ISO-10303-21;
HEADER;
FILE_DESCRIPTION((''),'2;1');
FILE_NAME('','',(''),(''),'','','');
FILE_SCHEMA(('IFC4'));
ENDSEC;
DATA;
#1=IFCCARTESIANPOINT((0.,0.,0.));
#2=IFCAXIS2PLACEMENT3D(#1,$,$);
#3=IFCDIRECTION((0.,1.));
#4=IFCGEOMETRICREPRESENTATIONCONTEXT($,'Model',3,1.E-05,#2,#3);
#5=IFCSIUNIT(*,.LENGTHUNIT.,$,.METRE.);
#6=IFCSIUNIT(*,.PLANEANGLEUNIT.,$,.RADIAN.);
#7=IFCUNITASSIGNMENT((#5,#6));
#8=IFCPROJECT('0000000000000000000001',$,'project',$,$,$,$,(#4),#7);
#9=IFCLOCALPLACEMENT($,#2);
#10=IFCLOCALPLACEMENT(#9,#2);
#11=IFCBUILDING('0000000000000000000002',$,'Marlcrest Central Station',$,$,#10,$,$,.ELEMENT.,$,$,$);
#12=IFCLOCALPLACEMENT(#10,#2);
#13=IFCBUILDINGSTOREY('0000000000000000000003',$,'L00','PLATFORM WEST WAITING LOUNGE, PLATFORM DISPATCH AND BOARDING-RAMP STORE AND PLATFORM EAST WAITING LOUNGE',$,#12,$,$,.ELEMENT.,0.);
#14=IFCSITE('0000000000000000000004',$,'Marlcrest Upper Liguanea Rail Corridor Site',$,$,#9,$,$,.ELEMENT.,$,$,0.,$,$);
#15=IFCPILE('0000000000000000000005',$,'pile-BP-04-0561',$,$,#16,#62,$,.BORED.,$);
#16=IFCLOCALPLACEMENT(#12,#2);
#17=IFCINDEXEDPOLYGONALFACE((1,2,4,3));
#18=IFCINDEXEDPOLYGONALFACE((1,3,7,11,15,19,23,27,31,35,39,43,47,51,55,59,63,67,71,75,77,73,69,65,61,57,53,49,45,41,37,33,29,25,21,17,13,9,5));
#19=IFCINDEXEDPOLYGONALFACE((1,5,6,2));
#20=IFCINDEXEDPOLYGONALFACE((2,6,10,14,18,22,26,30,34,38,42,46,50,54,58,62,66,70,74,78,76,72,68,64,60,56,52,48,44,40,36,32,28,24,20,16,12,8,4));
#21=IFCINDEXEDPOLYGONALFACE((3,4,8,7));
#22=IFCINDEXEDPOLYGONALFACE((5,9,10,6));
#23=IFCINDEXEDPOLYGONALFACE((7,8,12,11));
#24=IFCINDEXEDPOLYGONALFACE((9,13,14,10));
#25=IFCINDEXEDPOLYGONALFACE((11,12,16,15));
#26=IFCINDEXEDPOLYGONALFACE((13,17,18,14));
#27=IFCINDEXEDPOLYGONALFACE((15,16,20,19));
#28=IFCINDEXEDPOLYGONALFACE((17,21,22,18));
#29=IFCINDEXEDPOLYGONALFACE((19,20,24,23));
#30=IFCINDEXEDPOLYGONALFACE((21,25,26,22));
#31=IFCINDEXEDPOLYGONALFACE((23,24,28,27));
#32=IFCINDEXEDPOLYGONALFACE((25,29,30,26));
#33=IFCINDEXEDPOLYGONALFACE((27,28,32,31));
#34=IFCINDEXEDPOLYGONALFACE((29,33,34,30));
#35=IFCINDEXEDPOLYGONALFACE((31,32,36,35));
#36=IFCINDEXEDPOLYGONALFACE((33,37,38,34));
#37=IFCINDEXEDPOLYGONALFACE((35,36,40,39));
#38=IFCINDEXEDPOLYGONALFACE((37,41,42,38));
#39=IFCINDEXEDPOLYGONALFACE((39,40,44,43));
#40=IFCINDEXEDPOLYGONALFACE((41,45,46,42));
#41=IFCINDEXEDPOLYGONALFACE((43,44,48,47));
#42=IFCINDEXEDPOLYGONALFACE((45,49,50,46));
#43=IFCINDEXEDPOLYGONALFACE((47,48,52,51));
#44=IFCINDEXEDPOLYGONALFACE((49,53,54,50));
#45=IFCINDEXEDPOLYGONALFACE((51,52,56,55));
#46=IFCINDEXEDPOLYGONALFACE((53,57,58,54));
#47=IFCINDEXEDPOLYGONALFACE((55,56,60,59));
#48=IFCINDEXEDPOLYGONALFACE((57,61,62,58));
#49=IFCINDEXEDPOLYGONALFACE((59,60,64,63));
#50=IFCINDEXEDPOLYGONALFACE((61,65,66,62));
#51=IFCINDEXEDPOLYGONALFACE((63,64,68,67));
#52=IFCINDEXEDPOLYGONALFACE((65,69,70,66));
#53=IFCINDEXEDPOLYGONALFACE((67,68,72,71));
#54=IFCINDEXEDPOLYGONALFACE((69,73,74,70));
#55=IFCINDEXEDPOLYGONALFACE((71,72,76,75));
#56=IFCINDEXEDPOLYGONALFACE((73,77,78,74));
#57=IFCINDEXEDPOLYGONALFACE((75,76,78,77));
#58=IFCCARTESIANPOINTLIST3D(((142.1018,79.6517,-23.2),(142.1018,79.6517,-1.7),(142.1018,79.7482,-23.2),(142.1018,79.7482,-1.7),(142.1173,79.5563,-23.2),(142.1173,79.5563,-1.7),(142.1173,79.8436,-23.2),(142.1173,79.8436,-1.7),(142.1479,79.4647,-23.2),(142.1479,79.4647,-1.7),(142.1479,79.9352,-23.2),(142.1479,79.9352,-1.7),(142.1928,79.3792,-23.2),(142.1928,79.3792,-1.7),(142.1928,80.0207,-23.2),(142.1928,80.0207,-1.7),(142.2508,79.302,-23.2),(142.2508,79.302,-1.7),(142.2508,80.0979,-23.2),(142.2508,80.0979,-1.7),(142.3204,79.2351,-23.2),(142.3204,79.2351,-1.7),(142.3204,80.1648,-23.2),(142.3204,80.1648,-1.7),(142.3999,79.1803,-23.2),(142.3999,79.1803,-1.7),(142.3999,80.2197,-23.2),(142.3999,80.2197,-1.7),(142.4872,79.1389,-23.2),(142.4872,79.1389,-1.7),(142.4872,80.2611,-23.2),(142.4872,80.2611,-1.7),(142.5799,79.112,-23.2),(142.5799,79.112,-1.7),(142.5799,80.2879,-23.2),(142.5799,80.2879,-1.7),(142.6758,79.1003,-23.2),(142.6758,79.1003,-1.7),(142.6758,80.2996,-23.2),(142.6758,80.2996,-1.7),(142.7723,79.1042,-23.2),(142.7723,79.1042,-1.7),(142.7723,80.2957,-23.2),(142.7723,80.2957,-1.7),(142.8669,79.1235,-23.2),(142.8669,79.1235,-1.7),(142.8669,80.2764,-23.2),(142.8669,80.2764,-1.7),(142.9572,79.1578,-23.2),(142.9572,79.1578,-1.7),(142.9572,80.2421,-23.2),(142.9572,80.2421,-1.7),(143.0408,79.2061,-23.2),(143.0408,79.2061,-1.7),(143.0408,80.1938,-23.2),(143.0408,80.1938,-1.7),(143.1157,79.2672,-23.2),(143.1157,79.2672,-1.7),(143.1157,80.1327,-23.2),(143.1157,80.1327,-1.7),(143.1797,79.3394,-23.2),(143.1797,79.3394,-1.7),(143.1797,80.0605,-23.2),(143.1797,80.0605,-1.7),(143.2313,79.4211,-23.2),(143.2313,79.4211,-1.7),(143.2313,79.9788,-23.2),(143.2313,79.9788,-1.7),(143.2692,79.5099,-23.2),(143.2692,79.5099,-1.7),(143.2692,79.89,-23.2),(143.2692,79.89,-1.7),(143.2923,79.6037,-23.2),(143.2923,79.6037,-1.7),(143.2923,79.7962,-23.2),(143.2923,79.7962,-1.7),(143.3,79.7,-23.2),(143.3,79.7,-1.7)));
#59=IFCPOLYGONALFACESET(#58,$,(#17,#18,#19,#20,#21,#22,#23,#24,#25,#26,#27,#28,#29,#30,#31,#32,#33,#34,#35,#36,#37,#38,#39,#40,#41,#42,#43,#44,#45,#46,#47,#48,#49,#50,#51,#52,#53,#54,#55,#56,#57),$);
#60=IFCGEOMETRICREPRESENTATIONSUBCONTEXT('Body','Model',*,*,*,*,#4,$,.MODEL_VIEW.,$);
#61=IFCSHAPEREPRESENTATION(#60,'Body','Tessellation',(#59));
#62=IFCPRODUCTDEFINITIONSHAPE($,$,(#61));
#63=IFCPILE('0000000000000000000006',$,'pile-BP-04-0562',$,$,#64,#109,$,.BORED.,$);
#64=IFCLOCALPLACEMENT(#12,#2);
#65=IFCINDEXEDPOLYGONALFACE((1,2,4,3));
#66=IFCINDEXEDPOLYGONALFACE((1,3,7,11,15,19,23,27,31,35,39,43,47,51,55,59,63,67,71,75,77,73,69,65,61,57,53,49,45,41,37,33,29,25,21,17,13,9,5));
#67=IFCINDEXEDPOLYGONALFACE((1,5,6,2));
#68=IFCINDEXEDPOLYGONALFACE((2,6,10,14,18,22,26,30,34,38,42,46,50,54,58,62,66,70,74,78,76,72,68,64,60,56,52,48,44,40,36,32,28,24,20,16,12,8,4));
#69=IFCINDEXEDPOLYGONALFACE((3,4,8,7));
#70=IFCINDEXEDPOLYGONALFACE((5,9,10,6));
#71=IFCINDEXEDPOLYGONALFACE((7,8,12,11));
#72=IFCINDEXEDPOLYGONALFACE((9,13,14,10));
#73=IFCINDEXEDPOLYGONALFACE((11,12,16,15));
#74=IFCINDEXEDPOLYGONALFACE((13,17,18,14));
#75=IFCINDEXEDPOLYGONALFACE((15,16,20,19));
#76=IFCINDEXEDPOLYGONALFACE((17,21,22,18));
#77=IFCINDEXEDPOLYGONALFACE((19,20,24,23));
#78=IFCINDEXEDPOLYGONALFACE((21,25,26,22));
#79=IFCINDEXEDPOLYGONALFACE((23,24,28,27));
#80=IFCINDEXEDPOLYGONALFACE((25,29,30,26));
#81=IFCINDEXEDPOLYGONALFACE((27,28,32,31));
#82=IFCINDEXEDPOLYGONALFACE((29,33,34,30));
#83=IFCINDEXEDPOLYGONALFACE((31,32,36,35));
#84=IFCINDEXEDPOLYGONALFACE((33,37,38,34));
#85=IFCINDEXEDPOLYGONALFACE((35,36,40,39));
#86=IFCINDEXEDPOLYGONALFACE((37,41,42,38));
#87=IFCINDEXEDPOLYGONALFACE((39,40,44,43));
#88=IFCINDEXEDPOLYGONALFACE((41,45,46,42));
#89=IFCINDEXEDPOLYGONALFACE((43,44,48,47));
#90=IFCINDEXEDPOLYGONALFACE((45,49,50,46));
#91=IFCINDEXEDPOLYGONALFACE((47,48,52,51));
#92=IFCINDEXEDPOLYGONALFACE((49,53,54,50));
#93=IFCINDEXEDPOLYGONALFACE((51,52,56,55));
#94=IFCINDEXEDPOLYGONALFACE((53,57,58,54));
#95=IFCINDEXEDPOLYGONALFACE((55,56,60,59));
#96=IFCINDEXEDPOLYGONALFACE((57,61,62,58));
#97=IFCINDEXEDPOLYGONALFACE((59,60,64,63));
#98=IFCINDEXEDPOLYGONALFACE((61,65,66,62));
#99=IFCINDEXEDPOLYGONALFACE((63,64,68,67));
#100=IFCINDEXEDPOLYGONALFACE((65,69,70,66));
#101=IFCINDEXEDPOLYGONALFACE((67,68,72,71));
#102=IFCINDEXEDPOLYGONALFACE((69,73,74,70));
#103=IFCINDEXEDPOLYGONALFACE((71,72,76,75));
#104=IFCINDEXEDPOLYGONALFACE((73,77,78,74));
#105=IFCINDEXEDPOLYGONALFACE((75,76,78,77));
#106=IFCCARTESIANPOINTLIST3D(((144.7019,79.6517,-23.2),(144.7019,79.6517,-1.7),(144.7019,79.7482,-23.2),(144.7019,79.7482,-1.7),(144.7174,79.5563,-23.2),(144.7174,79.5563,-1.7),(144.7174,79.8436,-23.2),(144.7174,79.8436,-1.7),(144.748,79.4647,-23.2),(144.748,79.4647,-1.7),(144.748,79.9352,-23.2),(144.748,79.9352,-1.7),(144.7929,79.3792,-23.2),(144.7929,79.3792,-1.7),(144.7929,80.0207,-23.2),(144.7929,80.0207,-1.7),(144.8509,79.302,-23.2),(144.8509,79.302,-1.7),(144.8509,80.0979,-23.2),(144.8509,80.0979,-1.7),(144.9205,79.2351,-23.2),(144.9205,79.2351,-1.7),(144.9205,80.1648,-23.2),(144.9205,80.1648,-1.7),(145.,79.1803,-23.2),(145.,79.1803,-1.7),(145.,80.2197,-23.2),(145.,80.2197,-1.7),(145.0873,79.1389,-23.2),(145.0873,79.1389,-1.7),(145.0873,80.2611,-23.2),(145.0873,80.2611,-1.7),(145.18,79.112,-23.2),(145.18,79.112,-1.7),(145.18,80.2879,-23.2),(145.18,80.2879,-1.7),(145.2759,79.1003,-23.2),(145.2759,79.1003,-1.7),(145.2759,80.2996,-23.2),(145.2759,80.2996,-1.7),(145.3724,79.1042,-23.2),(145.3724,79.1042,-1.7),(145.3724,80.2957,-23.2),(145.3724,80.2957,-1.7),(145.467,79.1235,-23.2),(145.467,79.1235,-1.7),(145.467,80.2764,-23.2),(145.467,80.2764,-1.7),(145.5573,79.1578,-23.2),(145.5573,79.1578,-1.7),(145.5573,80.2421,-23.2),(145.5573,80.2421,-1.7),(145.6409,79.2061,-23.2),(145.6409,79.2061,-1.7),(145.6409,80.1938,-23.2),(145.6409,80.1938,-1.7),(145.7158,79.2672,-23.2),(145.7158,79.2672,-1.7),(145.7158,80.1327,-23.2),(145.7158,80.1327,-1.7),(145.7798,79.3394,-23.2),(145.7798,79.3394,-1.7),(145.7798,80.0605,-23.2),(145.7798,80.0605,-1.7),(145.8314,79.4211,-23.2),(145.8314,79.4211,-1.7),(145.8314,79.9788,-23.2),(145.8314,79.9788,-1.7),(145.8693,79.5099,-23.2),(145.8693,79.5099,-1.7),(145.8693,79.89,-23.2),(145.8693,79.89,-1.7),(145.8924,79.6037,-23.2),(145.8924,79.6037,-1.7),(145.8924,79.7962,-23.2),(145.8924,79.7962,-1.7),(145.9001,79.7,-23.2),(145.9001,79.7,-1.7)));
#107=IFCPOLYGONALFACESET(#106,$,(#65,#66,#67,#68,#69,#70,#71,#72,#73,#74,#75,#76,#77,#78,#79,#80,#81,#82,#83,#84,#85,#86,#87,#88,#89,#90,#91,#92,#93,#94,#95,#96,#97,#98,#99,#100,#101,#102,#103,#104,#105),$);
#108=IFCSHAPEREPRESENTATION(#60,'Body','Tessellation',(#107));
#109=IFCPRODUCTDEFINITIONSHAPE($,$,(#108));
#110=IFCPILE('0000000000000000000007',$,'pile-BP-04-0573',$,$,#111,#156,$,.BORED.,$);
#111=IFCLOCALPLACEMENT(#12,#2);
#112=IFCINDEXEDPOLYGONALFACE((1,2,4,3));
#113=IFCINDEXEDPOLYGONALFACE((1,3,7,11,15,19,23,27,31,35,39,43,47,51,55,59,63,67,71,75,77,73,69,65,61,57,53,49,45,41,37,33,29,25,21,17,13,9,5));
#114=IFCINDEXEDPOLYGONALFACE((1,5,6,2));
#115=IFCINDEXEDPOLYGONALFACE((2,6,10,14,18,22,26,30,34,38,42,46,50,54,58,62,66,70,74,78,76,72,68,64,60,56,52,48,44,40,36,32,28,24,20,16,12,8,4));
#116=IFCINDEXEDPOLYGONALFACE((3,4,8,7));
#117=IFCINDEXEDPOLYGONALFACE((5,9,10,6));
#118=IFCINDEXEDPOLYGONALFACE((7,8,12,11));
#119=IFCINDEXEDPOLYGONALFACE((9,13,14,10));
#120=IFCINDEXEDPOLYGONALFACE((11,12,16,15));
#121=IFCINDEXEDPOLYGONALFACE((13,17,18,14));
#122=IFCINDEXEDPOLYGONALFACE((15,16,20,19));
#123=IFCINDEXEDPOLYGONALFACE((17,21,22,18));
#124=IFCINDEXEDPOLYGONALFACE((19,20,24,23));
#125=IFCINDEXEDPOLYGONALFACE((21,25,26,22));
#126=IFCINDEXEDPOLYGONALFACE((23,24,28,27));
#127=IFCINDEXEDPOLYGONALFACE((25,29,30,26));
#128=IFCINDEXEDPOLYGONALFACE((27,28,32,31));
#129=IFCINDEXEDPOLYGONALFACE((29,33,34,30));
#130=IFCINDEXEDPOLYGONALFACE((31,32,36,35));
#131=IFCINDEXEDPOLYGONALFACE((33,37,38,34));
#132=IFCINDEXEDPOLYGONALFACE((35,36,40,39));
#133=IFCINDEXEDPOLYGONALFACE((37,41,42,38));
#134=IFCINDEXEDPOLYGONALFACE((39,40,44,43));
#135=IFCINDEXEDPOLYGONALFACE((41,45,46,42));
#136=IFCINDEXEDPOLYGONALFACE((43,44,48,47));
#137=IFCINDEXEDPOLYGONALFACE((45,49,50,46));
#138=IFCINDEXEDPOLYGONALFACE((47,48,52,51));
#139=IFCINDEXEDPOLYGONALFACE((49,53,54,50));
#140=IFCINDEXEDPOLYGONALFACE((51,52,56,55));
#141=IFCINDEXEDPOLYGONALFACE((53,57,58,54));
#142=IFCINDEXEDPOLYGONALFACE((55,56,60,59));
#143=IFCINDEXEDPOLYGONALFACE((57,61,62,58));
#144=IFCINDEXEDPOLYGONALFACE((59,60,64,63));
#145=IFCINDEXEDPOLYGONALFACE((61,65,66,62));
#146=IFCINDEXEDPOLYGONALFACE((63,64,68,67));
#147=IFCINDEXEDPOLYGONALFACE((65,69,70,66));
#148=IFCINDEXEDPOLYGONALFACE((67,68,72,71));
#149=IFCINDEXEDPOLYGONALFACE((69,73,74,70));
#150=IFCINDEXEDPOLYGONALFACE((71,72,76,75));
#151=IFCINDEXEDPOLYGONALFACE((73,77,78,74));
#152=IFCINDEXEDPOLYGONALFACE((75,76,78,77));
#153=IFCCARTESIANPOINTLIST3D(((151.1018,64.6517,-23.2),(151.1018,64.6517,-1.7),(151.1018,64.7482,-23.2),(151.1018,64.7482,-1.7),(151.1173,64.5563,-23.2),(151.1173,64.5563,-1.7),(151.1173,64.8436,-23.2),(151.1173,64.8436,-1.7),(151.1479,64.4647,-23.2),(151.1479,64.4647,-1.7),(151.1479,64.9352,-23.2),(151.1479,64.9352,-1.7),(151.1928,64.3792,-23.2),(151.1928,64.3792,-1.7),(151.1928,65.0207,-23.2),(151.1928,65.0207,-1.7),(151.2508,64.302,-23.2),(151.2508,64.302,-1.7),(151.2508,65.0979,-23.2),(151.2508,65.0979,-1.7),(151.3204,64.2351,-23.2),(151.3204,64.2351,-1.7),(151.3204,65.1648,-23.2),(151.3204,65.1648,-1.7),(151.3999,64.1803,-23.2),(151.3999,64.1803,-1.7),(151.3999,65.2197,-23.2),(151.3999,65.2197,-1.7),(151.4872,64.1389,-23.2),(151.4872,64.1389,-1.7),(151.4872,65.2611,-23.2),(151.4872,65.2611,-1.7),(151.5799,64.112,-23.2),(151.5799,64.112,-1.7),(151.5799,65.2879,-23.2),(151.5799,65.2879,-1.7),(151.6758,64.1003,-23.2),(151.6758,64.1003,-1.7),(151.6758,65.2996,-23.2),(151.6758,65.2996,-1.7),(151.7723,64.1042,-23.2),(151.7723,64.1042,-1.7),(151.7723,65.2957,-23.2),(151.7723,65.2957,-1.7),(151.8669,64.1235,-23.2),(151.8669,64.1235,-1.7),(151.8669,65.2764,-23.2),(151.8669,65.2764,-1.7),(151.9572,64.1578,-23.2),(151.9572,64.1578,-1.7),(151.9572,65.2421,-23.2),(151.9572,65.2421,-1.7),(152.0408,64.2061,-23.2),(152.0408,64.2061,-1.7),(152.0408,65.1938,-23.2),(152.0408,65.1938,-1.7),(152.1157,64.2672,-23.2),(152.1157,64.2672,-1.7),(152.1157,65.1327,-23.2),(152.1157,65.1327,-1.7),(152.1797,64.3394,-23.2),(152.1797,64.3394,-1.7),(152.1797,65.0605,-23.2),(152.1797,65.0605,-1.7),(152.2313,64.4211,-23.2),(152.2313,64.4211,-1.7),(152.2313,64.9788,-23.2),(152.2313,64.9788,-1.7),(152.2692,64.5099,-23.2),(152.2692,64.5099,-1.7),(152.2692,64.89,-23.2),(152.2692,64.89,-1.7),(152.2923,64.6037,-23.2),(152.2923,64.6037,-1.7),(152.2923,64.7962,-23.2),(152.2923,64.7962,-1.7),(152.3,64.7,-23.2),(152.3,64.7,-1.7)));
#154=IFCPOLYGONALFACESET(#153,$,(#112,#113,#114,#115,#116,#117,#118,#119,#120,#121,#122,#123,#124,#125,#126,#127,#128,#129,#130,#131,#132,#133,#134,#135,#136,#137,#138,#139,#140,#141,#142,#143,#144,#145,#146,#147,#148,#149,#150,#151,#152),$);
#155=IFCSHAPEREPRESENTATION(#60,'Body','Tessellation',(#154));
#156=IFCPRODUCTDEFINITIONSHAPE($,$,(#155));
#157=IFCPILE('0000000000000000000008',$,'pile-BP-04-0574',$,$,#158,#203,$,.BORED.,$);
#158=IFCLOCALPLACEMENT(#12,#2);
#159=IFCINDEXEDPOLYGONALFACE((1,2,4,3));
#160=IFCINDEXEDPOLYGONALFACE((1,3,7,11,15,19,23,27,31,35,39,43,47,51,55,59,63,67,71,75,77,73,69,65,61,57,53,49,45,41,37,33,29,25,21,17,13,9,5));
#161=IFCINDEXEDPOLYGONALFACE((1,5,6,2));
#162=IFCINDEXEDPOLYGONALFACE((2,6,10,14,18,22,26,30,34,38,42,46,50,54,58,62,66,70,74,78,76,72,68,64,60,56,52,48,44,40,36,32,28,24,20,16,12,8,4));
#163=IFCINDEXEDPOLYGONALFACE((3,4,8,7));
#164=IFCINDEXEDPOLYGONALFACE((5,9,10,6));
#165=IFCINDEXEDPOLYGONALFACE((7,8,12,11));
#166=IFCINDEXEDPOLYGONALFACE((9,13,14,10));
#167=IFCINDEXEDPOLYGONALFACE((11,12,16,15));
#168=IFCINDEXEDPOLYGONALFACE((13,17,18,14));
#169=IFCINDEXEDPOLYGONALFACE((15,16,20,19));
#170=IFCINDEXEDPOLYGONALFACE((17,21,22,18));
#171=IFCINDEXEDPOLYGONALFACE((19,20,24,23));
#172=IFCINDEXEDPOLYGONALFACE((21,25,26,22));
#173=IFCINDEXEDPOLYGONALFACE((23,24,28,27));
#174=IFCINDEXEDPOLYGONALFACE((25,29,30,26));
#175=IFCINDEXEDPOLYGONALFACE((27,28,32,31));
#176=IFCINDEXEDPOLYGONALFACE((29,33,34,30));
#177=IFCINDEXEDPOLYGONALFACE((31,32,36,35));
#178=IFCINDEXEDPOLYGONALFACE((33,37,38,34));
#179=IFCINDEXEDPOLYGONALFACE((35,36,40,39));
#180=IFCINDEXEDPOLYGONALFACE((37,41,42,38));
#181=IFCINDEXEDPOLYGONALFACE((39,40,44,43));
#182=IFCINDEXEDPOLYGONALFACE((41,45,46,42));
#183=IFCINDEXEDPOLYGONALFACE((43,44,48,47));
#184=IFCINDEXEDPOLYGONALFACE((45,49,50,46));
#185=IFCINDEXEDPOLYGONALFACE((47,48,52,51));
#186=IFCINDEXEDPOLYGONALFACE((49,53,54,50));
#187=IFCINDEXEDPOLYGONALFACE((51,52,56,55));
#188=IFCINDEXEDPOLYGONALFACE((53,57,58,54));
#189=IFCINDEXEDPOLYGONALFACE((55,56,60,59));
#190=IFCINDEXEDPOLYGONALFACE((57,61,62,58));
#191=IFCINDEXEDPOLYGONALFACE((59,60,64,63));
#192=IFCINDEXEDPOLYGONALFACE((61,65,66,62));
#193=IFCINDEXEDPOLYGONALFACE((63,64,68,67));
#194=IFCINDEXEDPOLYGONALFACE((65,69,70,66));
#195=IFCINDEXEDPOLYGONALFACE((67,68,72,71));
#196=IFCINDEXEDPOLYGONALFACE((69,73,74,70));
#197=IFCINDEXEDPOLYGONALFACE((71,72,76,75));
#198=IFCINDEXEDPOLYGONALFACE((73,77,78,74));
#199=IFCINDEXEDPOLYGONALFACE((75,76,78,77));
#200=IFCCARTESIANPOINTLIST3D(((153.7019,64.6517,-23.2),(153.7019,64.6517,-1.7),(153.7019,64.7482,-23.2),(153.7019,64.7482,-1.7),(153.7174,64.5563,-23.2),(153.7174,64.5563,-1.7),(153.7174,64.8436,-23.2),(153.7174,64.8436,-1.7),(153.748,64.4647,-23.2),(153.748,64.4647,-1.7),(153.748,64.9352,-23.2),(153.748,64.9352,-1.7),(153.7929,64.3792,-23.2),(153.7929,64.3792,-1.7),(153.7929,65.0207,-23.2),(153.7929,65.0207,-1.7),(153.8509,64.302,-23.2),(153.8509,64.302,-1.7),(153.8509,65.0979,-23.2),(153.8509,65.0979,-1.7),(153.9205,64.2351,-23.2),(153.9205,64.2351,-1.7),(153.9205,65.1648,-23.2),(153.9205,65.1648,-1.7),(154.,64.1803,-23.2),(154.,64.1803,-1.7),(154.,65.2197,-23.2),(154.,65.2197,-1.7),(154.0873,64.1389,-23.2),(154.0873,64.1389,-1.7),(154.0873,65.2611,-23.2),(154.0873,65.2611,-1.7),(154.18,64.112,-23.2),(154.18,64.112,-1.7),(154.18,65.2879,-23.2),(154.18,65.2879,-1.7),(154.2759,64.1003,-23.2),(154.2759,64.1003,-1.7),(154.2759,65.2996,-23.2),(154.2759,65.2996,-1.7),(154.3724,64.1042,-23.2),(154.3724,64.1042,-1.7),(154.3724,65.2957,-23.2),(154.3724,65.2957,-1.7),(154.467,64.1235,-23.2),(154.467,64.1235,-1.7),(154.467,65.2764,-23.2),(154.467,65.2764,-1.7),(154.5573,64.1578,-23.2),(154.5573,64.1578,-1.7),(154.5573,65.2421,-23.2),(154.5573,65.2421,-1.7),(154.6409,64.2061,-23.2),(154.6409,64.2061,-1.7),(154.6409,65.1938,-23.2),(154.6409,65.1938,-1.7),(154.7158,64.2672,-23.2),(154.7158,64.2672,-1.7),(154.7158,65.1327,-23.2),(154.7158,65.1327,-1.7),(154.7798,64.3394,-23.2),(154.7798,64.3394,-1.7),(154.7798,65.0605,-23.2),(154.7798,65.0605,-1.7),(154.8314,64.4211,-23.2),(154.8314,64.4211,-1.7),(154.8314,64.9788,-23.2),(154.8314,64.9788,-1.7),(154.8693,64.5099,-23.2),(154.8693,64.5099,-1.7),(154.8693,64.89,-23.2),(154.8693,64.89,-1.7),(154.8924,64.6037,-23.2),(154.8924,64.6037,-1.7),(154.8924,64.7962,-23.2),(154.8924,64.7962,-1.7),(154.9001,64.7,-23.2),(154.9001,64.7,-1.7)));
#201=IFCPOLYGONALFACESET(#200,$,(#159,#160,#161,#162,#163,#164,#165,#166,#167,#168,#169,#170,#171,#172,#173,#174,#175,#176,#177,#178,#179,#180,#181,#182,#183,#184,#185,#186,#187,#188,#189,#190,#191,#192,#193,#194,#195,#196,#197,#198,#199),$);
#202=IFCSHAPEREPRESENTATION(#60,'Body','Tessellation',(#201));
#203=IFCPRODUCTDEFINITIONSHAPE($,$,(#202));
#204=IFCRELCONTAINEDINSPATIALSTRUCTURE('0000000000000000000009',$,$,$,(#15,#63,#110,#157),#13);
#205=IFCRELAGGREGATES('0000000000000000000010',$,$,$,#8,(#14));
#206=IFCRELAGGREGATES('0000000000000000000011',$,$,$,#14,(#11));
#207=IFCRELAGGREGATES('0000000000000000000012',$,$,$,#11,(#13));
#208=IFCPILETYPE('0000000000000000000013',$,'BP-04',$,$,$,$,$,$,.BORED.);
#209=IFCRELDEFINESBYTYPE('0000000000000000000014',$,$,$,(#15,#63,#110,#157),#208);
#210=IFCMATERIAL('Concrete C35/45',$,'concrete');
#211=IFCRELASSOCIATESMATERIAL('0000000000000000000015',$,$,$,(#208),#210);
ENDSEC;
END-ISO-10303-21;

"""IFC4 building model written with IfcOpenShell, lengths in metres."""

from ifc_helpers import new_model, si_unit, direction, frame, origin, origin_2d, place, context, subcontext, project, spatial, circle, extrude, material, material_profile, profile_set, type_object, element, save


model = new_model("IFC4")

# Units and contexts
model_context = context("Model", 3, precision=1e-05, world=origin(), true_north=direction((0.0, 1.0)))
body_context = subcontext(model_context, "Body", "Model", "MODEL_VIEW")
ifc_project = project(units=[si_unit("LENGTHUNIT", "METRE"), si_unit("PLANEANGLEUNIT", "RADIAN")], contexts=[model_context])

# Site, building, storey
site_placement = place(None, origin())
site = spatial("IfcSite", under=ifc_project, at=site_placement, Name="Marlcrest Upper Liguanea Rail Corridor Site", CompositionType="ELEMENT", RefElevation=0.0)
building_placement = place(site_placement, origin())
building = spatial("IfcBuilding", under=site, at=building_placement, Name="Marlcrest Central Station", CompositionType="ELEMENT")
storey_placement = place(building_placement, origin())
storey = spatial("IfcBuildingStorey", under=building, at=storey_placement, Name="L00", Description="PLATFORM WEST WAITING LOUNGE, PLATFORM DISPATCH AND BOARDING-RAMP STORE AND PLATFORM EAST WAITING LOUNGE", CompositionType="ELEMENT", Elevation=0.0)

# Piles
ifc_material_1 = material(Name="Concrete C35/45", Category="concrete")
ifc_material_profile_1 = material_profile(ifc_material_1, circle(Radius=0.6001, at=origin_2d()), Name="PILE D1200")
ifc_profile_set_1 = profile_set([ifc_material_profile_1], Name="Concrete C35/45")
pile_type = type_object("IfcPileType", Name="BP-04", PredefinedType="BORED", material=ifc_profile_set_1)
for number, where, z_axis, x_axis, name in (
    (1, (142.7, 79.7, -1.7), (0.0, 0.0, -1.0), (1.0, 0.0, 0.0), "pile-BP-04-0561"),
    (2, (145.3, 79.7, -1.7), (0.0, 0.0, -1.0), (1.0, 0.0, 0.0), "pile-BP-04-0562"),
    (3, (151.7, 64.7, -1.7), (0.0, 0.0, -1.0), (1.0, 0.0, 0.0), "pile-BP-04-0573"),
    (4, (154.3, 64.7, -1.7), (0.0, 0.0, -1.0), (1.0, 0.0, 0.0), "pile-BP-04-0574"),
):
    element("IfcPile", number, at=place(storey_placement, frame(where, z_axis=z_axis, x_axis=x_axis)), inside=storey, type_object=pile_type, Name=name, PredefinedType="BORED", context=body_context, shape_type="SweptSolid", body=[
        extrude(circle(Radius=0.6001, at=origin_2d()), origin(), (0.0, 0.0, 1.0), 21.5),
    ])

save(model, "model.ifc")
